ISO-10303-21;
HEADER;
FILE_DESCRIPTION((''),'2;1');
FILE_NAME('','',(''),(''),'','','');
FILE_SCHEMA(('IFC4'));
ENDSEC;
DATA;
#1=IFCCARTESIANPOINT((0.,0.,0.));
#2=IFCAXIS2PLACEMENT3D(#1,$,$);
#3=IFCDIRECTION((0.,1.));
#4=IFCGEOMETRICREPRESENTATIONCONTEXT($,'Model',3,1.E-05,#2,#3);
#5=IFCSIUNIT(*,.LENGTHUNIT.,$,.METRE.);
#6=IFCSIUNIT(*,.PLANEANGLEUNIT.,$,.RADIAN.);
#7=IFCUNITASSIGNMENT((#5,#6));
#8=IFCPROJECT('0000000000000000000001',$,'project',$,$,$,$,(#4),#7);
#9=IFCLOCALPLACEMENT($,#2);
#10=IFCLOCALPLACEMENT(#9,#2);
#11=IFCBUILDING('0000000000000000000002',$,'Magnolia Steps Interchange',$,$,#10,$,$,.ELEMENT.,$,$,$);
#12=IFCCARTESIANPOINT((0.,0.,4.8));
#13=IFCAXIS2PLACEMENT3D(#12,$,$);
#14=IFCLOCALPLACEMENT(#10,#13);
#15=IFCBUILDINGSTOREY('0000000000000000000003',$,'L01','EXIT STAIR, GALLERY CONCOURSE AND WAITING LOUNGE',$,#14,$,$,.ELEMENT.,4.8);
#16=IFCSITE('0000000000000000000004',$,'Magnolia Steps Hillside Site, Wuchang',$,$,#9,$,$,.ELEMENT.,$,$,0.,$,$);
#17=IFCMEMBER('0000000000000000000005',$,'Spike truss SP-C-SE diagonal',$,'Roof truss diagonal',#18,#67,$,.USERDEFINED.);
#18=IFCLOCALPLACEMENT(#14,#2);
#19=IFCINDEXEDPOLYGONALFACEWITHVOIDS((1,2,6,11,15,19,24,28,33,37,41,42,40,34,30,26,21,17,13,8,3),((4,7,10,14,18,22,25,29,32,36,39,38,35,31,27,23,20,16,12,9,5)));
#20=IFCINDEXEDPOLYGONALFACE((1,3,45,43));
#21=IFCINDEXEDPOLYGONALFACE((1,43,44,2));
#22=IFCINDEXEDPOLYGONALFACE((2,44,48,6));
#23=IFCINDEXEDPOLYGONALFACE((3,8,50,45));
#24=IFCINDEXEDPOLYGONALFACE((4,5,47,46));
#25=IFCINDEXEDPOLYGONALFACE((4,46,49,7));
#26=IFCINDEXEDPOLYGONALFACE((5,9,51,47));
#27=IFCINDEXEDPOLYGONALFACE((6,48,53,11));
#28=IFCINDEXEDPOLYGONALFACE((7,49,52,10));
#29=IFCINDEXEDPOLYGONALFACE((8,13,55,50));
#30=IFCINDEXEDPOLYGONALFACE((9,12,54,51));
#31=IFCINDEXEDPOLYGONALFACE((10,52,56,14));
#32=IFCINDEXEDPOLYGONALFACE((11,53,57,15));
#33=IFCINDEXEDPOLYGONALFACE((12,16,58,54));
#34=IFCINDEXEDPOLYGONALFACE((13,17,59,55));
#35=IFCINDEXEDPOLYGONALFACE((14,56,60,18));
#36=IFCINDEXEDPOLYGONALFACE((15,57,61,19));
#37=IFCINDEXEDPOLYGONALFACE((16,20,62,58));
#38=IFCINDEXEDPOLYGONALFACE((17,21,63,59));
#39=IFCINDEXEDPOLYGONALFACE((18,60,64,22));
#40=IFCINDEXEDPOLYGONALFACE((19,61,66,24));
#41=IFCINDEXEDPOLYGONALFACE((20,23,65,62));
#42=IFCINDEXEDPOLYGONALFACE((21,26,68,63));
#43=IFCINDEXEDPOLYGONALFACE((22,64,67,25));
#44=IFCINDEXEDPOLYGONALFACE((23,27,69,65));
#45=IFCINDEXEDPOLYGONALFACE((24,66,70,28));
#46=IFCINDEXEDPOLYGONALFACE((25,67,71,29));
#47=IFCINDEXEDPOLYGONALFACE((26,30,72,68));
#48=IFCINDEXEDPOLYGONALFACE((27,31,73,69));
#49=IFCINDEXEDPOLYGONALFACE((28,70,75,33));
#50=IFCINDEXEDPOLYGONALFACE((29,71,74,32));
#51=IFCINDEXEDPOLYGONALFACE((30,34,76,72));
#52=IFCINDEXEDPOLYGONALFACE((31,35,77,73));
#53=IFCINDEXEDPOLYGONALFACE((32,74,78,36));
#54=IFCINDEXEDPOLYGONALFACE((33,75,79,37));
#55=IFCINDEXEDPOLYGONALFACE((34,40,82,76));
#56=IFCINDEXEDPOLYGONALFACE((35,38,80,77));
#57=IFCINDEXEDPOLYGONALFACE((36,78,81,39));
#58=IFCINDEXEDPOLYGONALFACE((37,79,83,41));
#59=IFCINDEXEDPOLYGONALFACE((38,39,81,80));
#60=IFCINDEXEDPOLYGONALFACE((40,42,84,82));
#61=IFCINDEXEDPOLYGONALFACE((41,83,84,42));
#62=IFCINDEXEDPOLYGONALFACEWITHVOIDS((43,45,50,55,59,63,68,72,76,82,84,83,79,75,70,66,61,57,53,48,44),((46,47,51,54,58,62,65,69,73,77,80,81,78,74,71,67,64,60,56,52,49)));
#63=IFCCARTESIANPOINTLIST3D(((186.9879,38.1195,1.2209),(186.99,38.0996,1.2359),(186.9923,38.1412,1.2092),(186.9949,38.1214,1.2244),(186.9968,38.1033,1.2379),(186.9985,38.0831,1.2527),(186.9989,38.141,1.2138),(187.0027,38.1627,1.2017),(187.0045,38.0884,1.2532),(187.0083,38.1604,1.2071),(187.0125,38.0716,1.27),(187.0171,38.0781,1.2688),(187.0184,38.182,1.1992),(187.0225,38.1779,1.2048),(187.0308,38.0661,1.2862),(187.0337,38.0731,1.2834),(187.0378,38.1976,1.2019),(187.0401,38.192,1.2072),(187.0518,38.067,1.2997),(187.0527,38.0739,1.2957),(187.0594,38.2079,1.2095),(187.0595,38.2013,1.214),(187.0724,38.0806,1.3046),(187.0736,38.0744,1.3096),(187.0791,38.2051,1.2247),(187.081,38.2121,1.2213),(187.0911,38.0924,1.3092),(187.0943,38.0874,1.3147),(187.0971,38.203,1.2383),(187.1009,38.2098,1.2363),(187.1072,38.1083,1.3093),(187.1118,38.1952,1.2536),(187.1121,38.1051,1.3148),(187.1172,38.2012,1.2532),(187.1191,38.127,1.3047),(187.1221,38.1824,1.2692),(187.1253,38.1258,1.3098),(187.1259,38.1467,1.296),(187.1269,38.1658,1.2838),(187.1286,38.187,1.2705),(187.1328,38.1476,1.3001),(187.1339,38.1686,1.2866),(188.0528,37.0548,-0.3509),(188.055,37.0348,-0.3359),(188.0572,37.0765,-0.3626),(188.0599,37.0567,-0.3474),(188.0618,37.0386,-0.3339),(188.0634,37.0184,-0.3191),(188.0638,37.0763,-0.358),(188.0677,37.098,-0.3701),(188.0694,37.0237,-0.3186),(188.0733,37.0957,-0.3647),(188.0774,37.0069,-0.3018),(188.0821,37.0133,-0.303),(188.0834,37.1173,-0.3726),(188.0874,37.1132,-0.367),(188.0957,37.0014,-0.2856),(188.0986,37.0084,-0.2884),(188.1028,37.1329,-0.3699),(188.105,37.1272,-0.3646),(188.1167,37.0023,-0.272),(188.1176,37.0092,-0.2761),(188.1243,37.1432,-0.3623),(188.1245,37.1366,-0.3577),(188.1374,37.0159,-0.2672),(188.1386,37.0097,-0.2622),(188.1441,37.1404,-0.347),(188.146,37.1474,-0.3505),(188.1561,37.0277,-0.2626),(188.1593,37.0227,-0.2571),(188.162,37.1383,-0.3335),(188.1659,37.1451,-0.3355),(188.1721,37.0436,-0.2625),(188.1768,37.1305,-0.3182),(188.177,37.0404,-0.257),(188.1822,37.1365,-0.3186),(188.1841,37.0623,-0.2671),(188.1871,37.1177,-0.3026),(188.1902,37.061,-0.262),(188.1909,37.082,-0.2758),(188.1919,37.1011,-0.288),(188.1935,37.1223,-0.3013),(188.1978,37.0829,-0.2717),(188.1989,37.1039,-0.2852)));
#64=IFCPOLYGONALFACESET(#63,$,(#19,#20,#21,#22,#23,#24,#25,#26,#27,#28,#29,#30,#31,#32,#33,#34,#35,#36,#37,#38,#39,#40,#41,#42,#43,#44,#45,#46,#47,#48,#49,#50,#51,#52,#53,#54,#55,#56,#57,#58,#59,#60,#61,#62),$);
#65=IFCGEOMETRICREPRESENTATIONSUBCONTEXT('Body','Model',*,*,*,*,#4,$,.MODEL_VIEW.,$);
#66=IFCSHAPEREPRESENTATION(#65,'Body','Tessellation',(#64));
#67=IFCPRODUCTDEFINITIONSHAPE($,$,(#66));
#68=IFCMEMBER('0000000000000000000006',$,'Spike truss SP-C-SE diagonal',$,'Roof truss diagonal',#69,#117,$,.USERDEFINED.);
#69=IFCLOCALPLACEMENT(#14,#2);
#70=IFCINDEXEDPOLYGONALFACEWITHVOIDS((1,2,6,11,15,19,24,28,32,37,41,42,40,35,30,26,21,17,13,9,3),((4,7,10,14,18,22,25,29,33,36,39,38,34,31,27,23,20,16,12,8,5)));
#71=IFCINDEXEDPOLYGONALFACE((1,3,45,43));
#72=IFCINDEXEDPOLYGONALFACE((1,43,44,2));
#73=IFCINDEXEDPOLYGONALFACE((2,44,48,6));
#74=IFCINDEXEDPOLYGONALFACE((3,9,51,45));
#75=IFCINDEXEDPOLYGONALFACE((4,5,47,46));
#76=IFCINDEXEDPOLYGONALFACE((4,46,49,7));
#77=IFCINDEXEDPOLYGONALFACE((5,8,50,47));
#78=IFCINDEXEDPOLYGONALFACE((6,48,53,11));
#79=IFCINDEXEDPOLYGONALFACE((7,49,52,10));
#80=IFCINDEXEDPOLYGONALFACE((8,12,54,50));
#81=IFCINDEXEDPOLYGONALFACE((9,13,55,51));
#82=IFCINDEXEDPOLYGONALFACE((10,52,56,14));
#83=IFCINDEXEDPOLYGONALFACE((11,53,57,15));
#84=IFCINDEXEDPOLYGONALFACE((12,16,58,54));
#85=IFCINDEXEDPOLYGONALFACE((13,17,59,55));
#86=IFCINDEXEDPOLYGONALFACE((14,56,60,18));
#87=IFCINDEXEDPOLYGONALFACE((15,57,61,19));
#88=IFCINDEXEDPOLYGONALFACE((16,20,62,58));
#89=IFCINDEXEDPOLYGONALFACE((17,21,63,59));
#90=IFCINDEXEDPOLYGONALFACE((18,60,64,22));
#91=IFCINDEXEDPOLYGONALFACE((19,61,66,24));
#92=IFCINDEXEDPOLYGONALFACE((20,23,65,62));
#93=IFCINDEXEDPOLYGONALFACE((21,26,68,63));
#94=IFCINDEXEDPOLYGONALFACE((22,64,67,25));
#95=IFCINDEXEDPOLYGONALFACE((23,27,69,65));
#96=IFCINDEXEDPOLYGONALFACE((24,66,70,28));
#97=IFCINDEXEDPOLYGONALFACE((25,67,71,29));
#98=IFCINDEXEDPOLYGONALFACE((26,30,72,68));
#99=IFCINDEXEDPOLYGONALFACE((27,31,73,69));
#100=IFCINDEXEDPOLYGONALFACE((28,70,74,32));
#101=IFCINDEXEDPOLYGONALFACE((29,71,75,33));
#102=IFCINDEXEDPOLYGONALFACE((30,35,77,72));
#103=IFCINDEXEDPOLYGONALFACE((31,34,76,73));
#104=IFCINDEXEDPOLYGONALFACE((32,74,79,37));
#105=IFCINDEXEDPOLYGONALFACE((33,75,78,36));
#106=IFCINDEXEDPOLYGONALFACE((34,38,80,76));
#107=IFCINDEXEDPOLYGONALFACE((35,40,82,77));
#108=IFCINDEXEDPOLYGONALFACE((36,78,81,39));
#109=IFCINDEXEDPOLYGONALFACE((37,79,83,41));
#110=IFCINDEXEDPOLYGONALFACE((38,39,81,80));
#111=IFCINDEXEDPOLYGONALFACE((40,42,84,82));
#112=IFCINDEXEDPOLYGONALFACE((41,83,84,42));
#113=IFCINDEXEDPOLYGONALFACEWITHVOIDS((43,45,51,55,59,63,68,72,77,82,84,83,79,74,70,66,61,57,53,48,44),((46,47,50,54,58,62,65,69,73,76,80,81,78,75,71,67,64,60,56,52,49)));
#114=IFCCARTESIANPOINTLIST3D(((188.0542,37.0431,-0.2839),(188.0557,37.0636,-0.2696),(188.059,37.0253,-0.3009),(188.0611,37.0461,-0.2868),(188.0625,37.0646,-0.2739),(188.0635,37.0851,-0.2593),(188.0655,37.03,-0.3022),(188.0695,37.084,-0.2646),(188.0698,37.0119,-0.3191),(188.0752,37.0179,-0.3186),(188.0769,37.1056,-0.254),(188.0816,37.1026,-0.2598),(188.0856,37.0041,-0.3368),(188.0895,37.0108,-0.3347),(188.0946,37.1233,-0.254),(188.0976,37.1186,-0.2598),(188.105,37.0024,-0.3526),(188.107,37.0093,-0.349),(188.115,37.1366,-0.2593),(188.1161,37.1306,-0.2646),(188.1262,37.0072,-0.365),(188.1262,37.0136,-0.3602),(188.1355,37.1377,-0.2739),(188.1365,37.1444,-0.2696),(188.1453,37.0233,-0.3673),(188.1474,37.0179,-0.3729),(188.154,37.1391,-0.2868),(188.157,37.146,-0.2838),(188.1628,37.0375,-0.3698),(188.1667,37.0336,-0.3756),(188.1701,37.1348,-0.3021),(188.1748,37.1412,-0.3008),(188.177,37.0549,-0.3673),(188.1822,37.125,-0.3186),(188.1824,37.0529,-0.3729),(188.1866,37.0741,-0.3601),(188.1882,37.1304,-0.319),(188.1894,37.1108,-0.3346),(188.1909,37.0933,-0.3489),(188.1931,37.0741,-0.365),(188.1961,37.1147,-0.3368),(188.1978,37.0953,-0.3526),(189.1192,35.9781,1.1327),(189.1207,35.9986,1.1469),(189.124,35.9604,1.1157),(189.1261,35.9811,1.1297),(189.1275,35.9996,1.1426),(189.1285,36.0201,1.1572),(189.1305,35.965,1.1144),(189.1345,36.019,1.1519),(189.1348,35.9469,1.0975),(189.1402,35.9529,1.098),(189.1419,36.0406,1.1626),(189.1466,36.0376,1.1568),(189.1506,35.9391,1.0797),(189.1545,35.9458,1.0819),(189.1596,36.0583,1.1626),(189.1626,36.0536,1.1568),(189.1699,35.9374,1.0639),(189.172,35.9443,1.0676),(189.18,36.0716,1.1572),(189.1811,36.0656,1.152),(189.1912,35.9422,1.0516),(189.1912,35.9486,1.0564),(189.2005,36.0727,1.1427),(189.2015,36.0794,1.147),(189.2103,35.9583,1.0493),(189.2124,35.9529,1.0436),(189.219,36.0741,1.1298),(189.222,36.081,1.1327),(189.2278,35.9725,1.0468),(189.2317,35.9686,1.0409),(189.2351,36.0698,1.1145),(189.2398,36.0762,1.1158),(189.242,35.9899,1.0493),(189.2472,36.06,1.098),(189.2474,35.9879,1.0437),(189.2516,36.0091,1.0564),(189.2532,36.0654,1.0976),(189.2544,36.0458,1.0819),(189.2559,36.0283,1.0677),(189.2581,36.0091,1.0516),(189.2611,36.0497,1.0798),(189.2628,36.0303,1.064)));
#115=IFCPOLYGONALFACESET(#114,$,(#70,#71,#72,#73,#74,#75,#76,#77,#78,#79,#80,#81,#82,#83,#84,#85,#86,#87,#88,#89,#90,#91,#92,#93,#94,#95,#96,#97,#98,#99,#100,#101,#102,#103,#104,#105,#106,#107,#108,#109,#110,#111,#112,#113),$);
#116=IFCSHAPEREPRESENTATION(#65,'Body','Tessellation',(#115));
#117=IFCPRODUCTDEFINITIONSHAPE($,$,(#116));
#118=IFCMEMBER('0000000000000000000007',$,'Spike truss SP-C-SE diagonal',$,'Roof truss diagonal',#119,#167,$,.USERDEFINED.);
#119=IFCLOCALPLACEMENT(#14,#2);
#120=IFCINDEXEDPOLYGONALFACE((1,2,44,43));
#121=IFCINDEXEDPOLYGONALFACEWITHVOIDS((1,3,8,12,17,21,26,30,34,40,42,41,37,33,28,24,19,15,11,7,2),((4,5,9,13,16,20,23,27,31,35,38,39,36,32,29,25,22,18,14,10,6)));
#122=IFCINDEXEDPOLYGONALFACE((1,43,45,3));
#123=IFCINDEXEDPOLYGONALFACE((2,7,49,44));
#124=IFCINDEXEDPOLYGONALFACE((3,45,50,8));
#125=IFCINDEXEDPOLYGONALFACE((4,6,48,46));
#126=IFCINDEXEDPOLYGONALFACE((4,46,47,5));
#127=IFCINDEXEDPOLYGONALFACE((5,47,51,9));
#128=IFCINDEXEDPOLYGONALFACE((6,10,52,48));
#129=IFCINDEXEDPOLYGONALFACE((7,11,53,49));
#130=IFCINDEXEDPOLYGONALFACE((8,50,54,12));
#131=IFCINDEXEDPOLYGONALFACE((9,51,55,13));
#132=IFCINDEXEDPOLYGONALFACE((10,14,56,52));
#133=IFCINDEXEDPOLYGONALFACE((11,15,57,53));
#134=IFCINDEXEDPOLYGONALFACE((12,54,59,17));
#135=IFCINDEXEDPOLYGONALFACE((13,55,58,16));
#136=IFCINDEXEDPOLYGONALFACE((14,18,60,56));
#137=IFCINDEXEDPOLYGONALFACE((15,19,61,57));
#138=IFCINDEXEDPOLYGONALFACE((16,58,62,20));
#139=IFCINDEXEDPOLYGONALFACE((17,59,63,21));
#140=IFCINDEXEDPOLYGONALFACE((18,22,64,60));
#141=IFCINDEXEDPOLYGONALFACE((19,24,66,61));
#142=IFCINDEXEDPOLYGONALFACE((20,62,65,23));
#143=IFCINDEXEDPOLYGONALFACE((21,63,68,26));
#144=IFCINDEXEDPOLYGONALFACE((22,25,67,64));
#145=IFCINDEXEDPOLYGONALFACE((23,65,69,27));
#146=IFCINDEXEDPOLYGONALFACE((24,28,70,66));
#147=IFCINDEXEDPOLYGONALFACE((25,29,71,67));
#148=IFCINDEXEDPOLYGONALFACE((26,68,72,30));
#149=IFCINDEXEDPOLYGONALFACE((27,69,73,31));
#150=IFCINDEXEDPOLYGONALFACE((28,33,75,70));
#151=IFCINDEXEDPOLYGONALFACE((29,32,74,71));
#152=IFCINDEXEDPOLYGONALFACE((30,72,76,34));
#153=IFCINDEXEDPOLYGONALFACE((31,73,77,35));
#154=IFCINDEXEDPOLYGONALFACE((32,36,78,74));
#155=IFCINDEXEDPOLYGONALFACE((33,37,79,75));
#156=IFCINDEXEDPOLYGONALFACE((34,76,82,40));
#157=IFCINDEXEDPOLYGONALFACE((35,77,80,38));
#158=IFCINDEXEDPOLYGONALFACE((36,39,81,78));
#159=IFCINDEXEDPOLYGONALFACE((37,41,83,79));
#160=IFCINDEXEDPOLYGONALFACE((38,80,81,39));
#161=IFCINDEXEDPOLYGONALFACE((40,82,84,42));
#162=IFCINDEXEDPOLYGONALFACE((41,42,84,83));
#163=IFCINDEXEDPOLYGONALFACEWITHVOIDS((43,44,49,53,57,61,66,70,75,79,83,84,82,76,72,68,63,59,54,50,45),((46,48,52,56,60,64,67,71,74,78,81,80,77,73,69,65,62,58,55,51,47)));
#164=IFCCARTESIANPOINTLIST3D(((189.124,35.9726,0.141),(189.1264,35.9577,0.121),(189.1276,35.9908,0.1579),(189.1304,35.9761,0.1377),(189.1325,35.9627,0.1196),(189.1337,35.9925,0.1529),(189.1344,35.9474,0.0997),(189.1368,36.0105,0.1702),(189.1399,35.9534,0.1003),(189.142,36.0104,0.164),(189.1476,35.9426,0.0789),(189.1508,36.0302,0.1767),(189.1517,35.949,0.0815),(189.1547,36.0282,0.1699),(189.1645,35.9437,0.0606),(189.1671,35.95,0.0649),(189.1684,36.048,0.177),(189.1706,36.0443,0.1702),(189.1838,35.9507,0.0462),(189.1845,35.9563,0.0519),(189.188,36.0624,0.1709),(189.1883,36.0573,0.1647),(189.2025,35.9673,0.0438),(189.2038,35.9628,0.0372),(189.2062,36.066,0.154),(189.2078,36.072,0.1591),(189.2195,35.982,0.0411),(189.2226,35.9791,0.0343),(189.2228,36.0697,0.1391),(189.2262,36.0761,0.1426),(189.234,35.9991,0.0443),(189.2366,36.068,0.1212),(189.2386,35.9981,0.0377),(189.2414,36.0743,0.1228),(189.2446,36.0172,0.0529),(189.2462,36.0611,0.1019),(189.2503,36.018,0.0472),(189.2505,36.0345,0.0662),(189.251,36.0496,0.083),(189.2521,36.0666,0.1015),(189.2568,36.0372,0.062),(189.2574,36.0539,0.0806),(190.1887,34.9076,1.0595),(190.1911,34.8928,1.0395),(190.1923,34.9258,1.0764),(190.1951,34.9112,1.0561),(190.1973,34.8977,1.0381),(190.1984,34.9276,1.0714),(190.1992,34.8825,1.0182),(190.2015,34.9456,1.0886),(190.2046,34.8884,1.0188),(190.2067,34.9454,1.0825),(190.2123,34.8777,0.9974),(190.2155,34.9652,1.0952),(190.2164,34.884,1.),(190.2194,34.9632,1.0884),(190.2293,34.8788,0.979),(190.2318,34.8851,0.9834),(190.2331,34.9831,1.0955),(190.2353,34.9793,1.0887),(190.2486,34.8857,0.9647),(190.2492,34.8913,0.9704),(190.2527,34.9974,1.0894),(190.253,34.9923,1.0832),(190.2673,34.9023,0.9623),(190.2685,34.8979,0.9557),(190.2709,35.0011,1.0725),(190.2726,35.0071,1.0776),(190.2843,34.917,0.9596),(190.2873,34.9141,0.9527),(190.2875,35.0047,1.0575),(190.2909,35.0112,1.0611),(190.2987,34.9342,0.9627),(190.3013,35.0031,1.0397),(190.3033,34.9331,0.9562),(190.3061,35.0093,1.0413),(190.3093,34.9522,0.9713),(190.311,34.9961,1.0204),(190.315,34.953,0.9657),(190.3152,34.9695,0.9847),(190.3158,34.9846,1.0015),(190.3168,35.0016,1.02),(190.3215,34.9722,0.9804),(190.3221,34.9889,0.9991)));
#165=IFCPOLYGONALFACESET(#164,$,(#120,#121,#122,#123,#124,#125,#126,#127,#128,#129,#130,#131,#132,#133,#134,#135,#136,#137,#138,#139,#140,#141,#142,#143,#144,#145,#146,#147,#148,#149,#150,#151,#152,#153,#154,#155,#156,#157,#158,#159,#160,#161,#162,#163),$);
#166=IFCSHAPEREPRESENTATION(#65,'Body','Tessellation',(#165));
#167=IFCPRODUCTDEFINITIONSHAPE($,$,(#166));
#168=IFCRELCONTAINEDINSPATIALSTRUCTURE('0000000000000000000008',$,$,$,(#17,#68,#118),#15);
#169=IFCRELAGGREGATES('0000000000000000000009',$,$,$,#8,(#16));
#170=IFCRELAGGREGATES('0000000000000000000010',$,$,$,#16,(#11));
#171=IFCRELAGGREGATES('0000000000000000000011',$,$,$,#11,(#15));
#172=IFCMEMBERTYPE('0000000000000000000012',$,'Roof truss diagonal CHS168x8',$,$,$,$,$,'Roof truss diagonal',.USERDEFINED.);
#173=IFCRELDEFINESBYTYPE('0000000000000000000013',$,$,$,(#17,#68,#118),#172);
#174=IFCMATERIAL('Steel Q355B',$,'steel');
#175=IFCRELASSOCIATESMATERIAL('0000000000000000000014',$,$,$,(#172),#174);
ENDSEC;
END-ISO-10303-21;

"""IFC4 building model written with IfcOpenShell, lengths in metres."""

from ifc_helpers import new_model, si_unit, direction, frame, origin, origin_2d, place, context, subcontext, project, spatial, hollow_circle, extrude, material, material_profile, profile_set, type_object, element, save


model = new_model("IFC4")

# Units and contexts
model_context = context("Model", 3, precision=1e-05, world=origin(), true_north=direction((0.0, 1.0)))
body_context = subcontext(model_context, "Body", "Model", "MODEL_VIEW")
ifc_project = project(units=[si_unit("LENGTHUNIT", "METRE"), si_unit("PLANEANGLEUNIT", "RADIAN")], contexts=[model_context])

# Site, building, storey
site_placement = place(None, origin())
site = spatial("IfcSite", under=ifc_project, at=site_placement, Name="Magnolia Steps Hillside Site, Wuchang", CompositionType="ELEMENT", RefElevation=0.0)
building_placement = place(site_placement, origin())
building = spatial("IfcBuilding", under=site, at=building_placement, Name="Magnolia Steps Interchange", CompositionType="ELEMENT")
storey_placement = place(building_placement, frame((0.0, 0.0, 4.8)))
storey = spatial("IfcBuildingStorey", under=building, at=storey_placement, Name="L01", Description="EXIT STAIR, GALLERY CONCOURSE AND WAITING LOUNGE", CompositionType="ELEMENT", Elevation=4.8)

# Members
ifc_material_1 = material(Name="Steel Q355B", Category="steel")
ifc_material_profile_1 = material_profile(ifc_material_1, hollow_circle(Radius=0.084, WallThickness=0.0081, at=origin_2d()), Name="CHS168x8")
ifc_profile_set_1 = profile_set([ifc_material_profile_1], Name="Steel Q355B")
member_type_1 = type_object("IfcMemberType", Name="Roof truss diagonal CHS168x8", ElementType="Roof truss diagonal", PredefinedType="USERDEFINED", material=ifc_profile_set_1)
member_1_placement = place(storey_placement, frame((187.061, 38.1389, 1.2573), z_axis=(0.489239, -0.489126, -0.722081), x_axis=(0.669242, 0.741441, -0.048802)))
element("IfcMember", 1, at=member_1_placement, inside=storey, type_object=member_type_1, Name="Spike truss SP-C-SE diagonal", ObjectType="Roof truss diagonal", PredefinedType="USERDEFINED", context=body_context, shape_type="SweptSolid", body=[
    extrude(hollow_circle(Radius=0.084, WallThickness=0.0081, at=origin_2d()), origin(), (0.0, 0.0, 1.0), 2.1768),
])
member_2_placement = place(storey_placement, frame((188.126, 37.0742, -0.3145), z_axis=(0.515079, -0.515079, 0.685119), x_axis=(0.741097, 0.66922, -0.054038)))
element("IfcMember", 2, at=member_2_placement, inside=storey, type_object=member_type_1, Name="Spike truss SP-C-SE diagonal", ObjectType="Roof truss diagonal", PredefinedType="USERDEFINED", context=body_context, shape_type="SweptSolid", body=[
    extrude(hollow_circle(Radius=0.084, WallThickness=0.0081, at=origin_2d()), origin(), (0.0, 0.0, 1.0), 2.0676),
])
member_3_placement = place(storey_placement, frame((189.1909, 36.0093, 0.106), z_axis=(0.603614, -0.603752, 0.520705), x_axis=(0.728728, 0.68274, -0.053129)))
element("IfcMember", 3, at=member_3_placement, inside=storey, type_object=member_type_1, Name="Spike truss SP-C-SE diagonal", ObjectType="Roof truss diagonal", PredefinedType="USERDEFINED", context=body_context, shape_type="SweptSolid", body=[
    extrude(hollow_circle(Radius=0.084, WallThickness=0.0081, at=origin_2d()), origin(), (0.0, 0.0, 1.0), 1.7639),
])

save(model, "model.ifc")
